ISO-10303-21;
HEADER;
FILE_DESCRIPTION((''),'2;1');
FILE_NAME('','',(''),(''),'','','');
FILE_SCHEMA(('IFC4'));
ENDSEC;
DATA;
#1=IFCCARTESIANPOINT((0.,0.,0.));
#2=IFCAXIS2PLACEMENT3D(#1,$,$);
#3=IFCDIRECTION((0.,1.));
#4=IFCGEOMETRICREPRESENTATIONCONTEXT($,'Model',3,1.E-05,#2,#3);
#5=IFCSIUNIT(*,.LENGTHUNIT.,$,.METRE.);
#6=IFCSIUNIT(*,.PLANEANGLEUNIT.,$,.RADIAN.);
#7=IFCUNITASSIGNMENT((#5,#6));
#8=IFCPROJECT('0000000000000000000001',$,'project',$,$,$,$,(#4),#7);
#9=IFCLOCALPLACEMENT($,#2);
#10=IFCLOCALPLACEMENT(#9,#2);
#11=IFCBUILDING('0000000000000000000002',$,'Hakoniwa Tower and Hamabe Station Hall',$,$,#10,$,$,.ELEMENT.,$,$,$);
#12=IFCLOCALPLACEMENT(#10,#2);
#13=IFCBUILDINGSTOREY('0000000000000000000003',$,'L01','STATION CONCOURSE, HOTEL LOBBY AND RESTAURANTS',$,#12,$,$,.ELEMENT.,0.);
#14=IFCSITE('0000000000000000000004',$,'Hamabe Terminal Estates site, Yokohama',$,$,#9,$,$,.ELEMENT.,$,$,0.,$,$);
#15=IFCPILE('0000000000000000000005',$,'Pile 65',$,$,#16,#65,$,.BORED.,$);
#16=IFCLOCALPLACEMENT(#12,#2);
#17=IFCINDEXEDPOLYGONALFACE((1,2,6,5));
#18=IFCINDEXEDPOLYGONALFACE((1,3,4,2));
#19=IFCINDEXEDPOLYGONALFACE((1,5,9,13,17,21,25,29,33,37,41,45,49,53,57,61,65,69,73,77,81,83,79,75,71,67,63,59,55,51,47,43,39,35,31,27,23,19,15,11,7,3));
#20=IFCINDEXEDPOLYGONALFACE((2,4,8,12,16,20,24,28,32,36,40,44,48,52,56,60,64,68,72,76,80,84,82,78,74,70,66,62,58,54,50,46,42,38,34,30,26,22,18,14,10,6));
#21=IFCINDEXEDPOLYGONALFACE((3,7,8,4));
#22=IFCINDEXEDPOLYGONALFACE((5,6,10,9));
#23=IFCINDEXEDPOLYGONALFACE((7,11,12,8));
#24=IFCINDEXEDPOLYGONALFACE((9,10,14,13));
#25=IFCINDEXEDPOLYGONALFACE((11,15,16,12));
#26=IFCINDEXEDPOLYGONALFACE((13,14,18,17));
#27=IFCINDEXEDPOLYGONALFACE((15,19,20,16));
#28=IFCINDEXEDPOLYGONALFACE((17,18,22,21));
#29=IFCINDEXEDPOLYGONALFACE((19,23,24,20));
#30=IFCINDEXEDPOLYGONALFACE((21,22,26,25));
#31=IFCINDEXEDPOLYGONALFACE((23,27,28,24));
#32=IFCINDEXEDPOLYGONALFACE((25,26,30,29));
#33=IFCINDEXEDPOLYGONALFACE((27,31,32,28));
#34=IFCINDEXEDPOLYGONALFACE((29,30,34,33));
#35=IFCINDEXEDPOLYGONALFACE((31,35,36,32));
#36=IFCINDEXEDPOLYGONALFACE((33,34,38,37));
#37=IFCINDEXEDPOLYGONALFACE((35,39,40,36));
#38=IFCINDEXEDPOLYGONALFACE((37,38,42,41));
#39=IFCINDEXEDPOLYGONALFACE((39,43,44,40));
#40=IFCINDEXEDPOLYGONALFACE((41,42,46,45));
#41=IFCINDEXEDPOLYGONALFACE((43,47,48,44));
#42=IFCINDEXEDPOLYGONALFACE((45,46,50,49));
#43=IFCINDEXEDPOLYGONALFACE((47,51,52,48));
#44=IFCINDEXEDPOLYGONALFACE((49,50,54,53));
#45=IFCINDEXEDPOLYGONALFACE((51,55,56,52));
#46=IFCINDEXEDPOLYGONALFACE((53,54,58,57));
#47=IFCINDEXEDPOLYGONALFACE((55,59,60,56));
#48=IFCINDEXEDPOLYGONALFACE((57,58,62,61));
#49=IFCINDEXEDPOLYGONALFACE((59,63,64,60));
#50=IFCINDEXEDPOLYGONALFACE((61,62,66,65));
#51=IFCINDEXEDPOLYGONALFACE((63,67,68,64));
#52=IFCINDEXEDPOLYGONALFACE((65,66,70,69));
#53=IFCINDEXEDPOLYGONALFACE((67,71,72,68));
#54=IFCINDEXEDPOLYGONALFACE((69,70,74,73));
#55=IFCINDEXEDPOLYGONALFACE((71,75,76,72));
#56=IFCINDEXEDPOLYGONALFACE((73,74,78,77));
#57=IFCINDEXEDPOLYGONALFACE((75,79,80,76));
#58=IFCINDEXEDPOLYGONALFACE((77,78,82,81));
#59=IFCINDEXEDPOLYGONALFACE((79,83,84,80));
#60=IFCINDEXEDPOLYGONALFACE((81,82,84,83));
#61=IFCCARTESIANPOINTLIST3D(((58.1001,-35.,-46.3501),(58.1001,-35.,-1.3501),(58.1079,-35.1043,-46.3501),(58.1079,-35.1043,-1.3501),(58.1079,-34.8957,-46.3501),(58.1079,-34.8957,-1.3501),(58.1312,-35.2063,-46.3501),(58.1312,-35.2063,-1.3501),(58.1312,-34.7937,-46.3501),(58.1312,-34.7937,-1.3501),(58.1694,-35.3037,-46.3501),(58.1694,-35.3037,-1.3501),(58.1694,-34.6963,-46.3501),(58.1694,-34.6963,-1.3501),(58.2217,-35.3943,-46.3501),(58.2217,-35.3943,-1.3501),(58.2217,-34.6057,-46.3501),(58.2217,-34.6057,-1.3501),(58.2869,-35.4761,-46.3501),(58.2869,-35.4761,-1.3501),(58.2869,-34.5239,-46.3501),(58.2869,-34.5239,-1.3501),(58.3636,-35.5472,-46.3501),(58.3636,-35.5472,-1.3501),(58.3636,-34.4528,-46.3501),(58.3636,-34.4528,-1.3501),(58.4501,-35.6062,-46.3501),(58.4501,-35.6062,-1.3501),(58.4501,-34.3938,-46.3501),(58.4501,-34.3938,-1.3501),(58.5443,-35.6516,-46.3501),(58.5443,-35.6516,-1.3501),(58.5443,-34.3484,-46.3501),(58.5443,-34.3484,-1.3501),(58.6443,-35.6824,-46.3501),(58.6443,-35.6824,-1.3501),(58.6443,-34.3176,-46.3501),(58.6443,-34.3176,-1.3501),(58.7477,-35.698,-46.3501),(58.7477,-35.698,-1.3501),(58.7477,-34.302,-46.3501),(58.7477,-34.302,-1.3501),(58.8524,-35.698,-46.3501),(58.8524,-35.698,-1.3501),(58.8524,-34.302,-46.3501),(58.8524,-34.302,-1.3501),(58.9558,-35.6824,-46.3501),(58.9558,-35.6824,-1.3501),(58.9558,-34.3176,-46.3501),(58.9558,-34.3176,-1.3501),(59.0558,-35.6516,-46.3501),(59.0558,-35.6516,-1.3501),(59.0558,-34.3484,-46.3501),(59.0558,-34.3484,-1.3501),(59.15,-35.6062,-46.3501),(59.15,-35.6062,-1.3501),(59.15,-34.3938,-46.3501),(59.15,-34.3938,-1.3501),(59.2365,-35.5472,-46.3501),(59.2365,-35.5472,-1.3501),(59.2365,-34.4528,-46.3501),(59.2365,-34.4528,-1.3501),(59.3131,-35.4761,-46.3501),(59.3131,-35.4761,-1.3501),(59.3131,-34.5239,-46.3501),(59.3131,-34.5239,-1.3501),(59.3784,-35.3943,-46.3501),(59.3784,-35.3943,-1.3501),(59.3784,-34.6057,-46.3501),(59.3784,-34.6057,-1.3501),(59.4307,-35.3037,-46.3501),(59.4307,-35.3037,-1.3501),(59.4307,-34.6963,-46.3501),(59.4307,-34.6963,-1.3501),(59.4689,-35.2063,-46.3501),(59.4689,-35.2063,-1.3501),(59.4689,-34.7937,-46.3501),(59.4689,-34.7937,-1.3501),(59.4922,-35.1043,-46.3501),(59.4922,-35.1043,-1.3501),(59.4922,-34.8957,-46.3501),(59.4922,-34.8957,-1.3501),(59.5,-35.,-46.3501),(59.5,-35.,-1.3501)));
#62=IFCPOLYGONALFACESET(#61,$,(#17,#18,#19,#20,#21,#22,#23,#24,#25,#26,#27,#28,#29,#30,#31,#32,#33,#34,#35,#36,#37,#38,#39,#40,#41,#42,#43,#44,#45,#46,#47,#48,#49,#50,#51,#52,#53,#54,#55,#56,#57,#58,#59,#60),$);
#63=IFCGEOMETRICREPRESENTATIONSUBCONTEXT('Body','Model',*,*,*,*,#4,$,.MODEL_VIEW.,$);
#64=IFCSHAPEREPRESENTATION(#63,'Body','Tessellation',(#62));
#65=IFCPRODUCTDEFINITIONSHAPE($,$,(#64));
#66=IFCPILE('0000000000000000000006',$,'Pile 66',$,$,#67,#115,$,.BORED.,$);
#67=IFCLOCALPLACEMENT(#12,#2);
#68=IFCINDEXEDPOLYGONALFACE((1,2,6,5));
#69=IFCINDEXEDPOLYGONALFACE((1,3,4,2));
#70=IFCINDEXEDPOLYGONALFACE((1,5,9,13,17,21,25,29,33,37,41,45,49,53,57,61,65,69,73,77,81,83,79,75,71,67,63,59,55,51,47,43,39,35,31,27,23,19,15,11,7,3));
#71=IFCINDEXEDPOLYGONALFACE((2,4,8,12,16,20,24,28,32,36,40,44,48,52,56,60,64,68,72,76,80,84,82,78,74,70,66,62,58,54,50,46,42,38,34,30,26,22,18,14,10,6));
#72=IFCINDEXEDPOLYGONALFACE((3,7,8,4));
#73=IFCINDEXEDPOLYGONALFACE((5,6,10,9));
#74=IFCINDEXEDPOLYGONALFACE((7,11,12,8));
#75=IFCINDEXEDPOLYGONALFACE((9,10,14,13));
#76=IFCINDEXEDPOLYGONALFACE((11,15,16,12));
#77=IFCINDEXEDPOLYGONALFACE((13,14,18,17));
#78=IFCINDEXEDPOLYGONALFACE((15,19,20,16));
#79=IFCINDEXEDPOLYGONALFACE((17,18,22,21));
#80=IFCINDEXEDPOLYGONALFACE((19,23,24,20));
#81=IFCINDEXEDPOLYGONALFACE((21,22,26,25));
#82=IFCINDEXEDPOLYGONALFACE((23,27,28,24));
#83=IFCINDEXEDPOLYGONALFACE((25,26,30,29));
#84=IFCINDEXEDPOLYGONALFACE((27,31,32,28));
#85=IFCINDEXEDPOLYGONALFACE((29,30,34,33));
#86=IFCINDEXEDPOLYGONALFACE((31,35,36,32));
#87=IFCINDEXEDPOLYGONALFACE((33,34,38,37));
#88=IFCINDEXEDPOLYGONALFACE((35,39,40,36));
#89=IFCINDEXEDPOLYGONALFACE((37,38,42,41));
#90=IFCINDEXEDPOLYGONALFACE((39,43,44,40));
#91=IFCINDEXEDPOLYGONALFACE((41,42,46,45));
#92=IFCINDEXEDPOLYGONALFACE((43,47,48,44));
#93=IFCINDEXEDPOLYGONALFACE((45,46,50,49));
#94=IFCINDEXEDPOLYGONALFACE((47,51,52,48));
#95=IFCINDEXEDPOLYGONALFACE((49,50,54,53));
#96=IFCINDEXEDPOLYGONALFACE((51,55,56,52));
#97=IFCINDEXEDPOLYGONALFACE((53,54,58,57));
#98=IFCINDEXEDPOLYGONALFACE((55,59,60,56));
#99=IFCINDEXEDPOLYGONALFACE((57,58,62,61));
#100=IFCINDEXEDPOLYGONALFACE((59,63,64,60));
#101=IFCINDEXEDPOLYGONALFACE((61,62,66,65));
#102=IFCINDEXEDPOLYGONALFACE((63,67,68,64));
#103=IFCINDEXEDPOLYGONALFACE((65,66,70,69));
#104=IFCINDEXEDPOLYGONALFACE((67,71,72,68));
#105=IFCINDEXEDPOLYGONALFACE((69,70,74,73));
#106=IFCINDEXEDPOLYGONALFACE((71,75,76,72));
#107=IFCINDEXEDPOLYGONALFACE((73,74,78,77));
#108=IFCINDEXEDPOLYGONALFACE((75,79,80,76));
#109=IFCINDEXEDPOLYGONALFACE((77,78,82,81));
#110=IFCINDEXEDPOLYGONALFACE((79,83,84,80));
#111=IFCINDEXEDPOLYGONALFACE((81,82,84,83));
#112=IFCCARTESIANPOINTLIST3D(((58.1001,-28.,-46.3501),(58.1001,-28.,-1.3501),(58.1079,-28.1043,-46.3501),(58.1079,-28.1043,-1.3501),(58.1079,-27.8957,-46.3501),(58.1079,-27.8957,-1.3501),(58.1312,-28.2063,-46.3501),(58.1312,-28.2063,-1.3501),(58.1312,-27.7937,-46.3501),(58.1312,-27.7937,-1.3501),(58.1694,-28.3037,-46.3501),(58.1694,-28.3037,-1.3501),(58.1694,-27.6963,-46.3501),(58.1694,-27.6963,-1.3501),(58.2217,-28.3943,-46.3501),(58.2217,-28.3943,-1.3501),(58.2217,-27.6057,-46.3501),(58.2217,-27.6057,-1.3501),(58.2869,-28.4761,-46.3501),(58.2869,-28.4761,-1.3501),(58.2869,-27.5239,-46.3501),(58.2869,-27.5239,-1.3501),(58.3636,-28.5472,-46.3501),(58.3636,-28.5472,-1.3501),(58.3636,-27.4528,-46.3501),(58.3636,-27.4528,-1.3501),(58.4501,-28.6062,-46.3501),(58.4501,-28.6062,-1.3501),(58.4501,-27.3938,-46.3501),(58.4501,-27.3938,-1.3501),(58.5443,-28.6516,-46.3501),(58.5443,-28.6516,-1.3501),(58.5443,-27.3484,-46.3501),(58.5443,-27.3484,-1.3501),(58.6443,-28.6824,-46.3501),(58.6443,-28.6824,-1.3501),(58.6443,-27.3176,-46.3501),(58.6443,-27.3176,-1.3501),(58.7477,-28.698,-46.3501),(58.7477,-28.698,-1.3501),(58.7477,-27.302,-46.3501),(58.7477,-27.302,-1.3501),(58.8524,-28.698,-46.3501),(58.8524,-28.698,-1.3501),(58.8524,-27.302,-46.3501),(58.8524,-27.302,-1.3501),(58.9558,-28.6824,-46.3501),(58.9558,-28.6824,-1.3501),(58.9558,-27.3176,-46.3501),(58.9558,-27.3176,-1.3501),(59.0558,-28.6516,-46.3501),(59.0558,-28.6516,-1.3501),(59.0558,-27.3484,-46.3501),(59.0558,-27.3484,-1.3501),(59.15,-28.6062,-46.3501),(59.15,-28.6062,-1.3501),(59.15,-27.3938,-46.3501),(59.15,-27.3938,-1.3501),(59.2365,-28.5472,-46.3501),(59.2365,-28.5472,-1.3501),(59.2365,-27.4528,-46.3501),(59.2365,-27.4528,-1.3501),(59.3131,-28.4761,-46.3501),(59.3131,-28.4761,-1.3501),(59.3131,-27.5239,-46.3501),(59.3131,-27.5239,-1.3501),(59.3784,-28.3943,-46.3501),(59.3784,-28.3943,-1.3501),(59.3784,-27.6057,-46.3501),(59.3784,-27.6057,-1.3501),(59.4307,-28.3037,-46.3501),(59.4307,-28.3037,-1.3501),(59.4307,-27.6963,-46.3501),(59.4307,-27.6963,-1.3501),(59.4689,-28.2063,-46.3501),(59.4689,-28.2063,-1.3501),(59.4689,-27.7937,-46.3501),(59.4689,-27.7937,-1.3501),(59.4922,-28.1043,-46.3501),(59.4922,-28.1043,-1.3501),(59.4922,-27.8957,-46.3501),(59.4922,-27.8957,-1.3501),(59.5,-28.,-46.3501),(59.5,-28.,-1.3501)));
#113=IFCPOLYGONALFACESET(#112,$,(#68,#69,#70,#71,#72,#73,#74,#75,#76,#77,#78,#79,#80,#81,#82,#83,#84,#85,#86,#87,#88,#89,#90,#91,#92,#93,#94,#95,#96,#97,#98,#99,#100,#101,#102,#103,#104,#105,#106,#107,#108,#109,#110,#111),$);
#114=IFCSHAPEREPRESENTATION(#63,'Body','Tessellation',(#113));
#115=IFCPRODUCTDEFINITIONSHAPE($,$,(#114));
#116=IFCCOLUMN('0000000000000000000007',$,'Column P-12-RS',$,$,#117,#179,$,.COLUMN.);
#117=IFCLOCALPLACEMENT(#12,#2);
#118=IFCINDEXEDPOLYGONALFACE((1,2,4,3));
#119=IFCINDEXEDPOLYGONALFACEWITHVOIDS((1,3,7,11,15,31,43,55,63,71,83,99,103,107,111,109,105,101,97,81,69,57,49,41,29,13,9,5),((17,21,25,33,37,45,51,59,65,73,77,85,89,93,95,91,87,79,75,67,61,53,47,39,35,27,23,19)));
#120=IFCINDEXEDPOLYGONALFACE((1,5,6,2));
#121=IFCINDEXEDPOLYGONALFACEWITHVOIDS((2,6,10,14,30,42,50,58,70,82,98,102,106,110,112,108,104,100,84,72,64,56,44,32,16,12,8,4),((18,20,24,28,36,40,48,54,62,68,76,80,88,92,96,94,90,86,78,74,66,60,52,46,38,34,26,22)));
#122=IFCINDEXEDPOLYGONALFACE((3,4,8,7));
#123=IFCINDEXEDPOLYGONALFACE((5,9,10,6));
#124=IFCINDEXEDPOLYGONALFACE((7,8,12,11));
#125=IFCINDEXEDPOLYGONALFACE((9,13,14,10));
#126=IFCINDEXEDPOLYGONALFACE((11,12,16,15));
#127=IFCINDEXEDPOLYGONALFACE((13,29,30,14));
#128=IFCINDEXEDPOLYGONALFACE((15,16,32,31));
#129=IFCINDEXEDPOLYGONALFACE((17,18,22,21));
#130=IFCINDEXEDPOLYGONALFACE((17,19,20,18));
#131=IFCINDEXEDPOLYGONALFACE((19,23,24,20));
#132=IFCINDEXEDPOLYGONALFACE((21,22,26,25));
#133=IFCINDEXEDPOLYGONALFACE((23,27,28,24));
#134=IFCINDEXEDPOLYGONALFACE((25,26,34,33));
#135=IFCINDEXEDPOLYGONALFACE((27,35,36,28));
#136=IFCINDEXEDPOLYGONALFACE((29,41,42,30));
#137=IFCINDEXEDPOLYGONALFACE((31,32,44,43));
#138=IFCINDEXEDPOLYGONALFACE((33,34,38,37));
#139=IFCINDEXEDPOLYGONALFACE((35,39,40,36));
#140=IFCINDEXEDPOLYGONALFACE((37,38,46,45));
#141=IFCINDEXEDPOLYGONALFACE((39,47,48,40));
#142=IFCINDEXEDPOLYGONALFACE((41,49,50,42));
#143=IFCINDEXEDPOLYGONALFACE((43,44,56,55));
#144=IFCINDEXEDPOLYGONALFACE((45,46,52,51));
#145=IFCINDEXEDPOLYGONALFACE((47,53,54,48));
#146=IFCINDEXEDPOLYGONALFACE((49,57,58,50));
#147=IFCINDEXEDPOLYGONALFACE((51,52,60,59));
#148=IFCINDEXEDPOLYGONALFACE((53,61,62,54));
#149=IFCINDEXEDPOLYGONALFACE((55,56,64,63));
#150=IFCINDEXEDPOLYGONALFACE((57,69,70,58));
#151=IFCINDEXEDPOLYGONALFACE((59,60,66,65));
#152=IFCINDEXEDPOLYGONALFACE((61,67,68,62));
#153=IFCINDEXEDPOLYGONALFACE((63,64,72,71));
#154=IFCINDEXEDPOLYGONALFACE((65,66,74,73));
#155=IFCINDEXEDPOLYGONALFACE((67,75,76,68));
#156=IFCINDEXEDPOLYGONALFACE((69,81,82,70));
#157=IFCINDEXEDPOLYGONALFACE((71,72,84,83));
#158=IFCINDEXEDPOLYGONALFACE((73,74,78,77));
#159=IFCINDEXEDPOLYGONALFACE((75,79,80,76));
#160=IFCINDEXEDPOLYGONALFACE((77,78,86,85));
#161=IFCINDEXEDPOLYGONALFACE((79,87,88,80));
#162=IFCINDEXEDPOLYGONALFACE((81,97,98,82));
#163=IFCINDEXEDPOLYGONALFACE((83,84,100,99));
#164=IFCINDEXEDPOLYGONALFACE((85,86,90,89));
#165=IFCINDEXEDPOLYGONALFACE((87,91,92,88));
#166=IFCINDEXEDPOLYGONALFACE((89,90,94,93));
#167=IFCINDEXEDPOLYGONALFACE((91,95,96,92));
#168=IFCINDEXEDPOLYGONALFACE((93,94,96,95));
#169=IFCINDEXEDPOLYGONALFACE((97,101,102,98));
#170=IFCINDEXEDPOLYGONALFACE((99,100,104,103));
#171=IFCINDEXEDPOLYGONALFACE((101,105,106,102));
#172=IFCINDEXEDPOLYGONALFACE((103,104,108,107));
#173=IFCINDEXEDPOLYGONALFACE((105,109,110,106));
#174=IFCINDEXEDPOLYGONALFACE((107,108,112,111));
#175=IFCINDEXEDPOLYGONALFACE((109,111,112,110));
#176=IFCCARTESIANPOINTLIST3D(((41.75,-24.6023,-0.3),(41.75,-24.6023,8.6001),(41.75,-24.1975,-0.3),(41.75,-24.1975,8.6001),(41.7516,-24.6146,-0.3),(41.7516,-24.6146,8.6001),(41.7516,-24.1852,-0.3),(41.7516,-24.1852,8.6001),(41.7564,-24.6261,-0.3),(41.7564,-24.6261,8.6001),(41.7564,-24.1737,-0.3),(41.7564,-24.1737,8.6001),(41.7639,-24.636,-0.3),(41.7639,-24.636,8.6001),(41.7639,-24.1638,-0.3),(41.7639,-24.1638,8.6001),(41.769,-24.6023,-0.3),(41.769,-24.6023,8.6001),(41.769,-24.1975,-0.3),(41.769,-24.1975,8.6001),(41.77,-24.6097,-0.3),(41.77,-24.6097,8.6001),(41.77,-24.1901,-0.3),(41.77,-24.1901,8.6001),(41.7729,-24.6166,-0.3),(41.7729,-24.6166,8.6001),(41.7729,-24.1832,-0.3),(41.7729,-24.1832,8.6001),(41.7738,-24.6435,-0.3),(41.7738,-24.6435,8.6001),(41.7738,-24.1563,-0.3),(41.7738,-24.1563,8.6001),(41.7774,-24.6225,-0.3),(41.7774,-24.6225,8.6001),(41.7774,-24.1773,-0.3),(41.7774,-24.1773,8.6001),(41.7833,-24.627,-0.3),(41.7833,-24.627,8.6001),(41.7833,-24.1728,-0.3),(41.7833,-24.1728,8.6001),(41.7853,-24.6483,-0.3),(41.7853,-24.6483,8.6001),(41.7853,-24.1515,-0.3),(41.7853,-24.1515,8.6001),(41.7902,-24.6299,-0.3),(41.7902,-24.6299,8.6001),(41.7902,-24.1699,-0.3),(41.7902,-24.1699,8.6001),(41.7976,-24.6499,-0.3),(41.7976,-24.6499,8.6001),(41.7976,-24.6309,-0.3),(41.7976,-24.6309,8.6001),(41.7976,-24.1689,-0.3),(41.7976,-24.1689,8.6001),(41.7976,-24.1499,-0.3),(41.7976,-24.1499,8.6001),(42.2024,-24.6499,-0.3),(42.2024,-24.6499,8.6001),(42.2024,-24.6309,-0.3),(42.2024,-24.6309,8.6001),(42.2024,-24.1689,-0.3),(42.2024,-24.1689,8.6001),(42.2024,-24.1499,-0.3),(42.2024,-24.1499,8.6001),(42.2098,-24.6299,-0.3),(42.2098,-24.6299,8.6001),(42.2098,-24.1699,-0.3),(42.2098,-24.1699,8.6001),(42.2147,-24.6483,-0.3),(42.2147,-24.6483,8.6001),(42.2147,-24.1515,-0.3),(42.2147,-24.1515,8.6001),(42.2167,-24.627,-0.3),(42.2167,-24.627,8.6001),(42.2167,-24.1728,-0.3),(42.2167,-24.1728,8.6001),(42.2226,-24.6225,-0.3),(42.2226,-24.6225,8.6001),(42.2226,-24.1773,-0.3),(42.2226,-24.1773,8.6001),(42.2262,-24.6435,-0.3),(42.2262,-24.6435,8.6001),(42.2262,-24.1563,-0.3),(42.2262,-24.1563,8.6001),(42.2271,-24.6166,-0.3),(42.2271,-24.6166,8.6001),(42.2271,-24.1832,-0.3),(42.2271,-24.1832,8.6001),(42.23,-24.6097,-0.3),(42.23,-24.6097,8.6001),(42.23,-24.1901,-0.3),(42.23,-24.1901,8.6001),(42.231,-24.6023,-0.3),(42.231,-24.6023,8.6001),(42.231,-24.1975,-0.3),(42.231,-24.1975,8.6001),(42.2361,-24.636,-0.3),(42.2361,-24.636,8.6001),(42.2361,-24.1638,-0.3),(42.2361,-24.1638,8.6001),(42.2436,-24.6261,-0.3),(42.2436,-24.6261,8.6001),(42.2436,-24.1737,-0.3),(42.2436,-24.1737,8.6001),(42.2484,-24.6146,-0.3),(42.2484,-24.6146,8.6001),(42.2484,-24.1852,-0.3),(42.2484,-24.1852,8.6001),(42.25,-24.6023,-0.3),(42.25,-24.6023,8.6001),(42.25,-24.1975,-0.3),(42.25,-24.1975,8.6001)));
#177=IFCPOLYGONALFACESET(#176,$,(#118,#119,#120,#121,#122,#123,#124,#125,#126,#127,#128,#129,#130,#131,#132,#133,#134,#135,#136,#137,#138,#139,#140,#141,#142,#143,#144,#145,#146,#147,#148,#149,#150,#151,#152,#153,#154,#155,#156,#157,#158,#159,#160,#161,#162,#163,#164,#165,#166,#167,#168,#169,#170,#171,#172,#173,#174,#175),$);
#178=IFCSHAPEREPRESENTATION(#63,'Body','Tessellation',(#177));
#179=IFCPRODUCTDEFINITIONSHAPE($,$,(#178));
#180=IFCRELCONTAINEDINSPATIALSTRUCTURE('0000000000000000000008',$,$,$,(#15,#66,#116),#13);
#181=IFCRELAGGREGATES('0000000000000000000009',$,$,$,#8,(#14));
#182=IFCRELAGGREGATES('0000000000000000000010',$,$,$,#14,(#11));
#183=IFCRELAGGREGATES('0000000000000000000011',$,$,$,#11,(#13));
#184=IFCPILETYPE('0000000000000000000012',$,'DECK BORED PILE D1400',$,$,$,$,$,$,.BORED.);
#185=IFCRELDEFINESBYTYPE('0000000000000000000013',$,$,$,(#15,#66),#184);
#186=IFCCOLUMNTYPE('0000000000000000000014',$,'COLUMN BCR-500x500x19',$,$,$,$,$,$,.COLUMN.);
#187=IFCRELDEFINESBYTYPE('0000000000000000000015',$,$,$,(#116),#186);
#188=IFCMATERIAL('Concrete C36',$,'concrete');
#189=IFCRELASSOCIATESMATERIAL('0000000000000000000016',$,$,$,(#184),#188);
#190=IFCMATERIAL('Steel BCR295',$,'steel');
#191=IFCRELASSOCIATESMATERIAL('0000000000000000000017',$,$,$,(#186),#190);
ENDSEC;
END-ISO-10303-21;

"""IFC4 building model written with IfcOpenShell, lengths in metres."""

from ifc_helpers import new_model, si_unit, direction, frame, origin, origin_2d, place, context, subcontext, project, spatial, hollow_rectangle, circle, extrude, material, material_profile, profile_set, type_object, element, save


model = new_model("IFC4")

# Units and contexts
model_context = context("Model", 3, precision=1e-05, world=origin(), true_north=direction((0.0, 1.0)))
body_context = subcontext(model_context, "Body", "Model", "MODEL_VIEW")
ifc_project = project(units=[si_unit("LENGTHUNIT", "METRE"), si_unit("PLANEANGLEUNIT", "RADIAN")], contexts=[model_context])

# Site, building, storey
site_placement = place(None, origin())
site = spatial("IfcSite", under=ifc_project, at=site_placement, Name="Hamabe Terminal Estates site, Yokohama", CompositionType="ELEMENT", RefElevation=0.0)
building_placement = place(site_placement, origin())
building = spatial("IfcBuilding", under=site, at=building_placement, Name="Hakoniwa Tower and Hamabe Station Hall", CompositionType="ELEMENT")
storey_placement = place(building_placement, origin())
storey = spatial("IfcBuildingStorey", under=building, at=storey_placement, Name="L01", Description="STATION CONCOURSE, HOTEL LOBBY AND RESTAURANTS", CompositionType="ELEMENT", Elevation=0.0)

# Piles
ifc_material_1 = material(Name="Concrete C36", Category="concrete")
ifc_material_profile_1 = material_profile(ifc_material_1, circle(Radius=0.7, at=origin_2d()), Name="DECK BORED PILE D1400")
ifc_profile_set_1 = profile_set([ifc_material_profile_1], Name="Concrete C36")
pile_type_1 = type_object("IfcPileType", Name="DECK BORED PILE D1400", PredefinedType="BORED", material=ifc_profile_set_1)
for number, where, z_axis, x_axis, name in (
    (1, (58.8, -35.0, -1.3501), (0.0, 0.0, -1.0), (1.0, 0.0, 0.0), "Pile 65"),
    (2, (58.8, -28.0, -1.3501), (0.0, 0.0, -1.0), (1.0, 0.0, 0.0), "Pile 66"),
):
    element("IfcPile", number, at=place(storey_placement, frame(where, z_axis=z_axis, x_axis=x_axis)), inside=storey, type_object=pile_type_1, Name=name, PredefinedType="BORED", context=body_context, shape_type="SweptSolid", body=[
        extrude(circle(Radius=0.7, at=origin_2d()), origin(), (0.0, 0.0, 1.0), 45.0),
    ])

# Column
ifc_material_2 = material(Name="Steel BCR295", Category="steel")
ifc_material_profile_2 = material_profile(ifc_material_2, hollow_rectangle(XDim=0.5, YDim=0.5, WallThickness=0.019, InnerFilletRadius=0.0286, OuterFilletRadius=0.0476, at=origin_2d()), Name="BCR-500x500x19")
ifc_profile_set_2 = profile_set([ifc_material_profile_2], Name="Steel BCR295")
column_type_1 = type_object("IfcColumnType", Name="COLUMN BCR-500x500x19", PredefinedType="COLUMN", material=ifc_profile_set_2)
column_placement = place(storey_placement, frame((42.0, -24.3999, -0.3), z_axis=(0.0, 0.0, 1.0), x_axis=(1.0, 0.0, 0.0)))
element("IfcColumn", 3, at=column_placement, inside=storey, type_object=column_type_1, Name="Column P-12-RS", PredefinedType="COLUMN", context=body_context, shape_type="SweptSolid", body=[
    extrude(hollow_rectangle(XDim=0.5, YDim=0.5, WallThickness=0.019, InnerFilletRadius=0.0286, OuterFilletRadius=0.0476, at=origin_2d()), origin(), (0.0, 0.0, 1.0), 8.9001),
])

save(model, "model.ifc")
